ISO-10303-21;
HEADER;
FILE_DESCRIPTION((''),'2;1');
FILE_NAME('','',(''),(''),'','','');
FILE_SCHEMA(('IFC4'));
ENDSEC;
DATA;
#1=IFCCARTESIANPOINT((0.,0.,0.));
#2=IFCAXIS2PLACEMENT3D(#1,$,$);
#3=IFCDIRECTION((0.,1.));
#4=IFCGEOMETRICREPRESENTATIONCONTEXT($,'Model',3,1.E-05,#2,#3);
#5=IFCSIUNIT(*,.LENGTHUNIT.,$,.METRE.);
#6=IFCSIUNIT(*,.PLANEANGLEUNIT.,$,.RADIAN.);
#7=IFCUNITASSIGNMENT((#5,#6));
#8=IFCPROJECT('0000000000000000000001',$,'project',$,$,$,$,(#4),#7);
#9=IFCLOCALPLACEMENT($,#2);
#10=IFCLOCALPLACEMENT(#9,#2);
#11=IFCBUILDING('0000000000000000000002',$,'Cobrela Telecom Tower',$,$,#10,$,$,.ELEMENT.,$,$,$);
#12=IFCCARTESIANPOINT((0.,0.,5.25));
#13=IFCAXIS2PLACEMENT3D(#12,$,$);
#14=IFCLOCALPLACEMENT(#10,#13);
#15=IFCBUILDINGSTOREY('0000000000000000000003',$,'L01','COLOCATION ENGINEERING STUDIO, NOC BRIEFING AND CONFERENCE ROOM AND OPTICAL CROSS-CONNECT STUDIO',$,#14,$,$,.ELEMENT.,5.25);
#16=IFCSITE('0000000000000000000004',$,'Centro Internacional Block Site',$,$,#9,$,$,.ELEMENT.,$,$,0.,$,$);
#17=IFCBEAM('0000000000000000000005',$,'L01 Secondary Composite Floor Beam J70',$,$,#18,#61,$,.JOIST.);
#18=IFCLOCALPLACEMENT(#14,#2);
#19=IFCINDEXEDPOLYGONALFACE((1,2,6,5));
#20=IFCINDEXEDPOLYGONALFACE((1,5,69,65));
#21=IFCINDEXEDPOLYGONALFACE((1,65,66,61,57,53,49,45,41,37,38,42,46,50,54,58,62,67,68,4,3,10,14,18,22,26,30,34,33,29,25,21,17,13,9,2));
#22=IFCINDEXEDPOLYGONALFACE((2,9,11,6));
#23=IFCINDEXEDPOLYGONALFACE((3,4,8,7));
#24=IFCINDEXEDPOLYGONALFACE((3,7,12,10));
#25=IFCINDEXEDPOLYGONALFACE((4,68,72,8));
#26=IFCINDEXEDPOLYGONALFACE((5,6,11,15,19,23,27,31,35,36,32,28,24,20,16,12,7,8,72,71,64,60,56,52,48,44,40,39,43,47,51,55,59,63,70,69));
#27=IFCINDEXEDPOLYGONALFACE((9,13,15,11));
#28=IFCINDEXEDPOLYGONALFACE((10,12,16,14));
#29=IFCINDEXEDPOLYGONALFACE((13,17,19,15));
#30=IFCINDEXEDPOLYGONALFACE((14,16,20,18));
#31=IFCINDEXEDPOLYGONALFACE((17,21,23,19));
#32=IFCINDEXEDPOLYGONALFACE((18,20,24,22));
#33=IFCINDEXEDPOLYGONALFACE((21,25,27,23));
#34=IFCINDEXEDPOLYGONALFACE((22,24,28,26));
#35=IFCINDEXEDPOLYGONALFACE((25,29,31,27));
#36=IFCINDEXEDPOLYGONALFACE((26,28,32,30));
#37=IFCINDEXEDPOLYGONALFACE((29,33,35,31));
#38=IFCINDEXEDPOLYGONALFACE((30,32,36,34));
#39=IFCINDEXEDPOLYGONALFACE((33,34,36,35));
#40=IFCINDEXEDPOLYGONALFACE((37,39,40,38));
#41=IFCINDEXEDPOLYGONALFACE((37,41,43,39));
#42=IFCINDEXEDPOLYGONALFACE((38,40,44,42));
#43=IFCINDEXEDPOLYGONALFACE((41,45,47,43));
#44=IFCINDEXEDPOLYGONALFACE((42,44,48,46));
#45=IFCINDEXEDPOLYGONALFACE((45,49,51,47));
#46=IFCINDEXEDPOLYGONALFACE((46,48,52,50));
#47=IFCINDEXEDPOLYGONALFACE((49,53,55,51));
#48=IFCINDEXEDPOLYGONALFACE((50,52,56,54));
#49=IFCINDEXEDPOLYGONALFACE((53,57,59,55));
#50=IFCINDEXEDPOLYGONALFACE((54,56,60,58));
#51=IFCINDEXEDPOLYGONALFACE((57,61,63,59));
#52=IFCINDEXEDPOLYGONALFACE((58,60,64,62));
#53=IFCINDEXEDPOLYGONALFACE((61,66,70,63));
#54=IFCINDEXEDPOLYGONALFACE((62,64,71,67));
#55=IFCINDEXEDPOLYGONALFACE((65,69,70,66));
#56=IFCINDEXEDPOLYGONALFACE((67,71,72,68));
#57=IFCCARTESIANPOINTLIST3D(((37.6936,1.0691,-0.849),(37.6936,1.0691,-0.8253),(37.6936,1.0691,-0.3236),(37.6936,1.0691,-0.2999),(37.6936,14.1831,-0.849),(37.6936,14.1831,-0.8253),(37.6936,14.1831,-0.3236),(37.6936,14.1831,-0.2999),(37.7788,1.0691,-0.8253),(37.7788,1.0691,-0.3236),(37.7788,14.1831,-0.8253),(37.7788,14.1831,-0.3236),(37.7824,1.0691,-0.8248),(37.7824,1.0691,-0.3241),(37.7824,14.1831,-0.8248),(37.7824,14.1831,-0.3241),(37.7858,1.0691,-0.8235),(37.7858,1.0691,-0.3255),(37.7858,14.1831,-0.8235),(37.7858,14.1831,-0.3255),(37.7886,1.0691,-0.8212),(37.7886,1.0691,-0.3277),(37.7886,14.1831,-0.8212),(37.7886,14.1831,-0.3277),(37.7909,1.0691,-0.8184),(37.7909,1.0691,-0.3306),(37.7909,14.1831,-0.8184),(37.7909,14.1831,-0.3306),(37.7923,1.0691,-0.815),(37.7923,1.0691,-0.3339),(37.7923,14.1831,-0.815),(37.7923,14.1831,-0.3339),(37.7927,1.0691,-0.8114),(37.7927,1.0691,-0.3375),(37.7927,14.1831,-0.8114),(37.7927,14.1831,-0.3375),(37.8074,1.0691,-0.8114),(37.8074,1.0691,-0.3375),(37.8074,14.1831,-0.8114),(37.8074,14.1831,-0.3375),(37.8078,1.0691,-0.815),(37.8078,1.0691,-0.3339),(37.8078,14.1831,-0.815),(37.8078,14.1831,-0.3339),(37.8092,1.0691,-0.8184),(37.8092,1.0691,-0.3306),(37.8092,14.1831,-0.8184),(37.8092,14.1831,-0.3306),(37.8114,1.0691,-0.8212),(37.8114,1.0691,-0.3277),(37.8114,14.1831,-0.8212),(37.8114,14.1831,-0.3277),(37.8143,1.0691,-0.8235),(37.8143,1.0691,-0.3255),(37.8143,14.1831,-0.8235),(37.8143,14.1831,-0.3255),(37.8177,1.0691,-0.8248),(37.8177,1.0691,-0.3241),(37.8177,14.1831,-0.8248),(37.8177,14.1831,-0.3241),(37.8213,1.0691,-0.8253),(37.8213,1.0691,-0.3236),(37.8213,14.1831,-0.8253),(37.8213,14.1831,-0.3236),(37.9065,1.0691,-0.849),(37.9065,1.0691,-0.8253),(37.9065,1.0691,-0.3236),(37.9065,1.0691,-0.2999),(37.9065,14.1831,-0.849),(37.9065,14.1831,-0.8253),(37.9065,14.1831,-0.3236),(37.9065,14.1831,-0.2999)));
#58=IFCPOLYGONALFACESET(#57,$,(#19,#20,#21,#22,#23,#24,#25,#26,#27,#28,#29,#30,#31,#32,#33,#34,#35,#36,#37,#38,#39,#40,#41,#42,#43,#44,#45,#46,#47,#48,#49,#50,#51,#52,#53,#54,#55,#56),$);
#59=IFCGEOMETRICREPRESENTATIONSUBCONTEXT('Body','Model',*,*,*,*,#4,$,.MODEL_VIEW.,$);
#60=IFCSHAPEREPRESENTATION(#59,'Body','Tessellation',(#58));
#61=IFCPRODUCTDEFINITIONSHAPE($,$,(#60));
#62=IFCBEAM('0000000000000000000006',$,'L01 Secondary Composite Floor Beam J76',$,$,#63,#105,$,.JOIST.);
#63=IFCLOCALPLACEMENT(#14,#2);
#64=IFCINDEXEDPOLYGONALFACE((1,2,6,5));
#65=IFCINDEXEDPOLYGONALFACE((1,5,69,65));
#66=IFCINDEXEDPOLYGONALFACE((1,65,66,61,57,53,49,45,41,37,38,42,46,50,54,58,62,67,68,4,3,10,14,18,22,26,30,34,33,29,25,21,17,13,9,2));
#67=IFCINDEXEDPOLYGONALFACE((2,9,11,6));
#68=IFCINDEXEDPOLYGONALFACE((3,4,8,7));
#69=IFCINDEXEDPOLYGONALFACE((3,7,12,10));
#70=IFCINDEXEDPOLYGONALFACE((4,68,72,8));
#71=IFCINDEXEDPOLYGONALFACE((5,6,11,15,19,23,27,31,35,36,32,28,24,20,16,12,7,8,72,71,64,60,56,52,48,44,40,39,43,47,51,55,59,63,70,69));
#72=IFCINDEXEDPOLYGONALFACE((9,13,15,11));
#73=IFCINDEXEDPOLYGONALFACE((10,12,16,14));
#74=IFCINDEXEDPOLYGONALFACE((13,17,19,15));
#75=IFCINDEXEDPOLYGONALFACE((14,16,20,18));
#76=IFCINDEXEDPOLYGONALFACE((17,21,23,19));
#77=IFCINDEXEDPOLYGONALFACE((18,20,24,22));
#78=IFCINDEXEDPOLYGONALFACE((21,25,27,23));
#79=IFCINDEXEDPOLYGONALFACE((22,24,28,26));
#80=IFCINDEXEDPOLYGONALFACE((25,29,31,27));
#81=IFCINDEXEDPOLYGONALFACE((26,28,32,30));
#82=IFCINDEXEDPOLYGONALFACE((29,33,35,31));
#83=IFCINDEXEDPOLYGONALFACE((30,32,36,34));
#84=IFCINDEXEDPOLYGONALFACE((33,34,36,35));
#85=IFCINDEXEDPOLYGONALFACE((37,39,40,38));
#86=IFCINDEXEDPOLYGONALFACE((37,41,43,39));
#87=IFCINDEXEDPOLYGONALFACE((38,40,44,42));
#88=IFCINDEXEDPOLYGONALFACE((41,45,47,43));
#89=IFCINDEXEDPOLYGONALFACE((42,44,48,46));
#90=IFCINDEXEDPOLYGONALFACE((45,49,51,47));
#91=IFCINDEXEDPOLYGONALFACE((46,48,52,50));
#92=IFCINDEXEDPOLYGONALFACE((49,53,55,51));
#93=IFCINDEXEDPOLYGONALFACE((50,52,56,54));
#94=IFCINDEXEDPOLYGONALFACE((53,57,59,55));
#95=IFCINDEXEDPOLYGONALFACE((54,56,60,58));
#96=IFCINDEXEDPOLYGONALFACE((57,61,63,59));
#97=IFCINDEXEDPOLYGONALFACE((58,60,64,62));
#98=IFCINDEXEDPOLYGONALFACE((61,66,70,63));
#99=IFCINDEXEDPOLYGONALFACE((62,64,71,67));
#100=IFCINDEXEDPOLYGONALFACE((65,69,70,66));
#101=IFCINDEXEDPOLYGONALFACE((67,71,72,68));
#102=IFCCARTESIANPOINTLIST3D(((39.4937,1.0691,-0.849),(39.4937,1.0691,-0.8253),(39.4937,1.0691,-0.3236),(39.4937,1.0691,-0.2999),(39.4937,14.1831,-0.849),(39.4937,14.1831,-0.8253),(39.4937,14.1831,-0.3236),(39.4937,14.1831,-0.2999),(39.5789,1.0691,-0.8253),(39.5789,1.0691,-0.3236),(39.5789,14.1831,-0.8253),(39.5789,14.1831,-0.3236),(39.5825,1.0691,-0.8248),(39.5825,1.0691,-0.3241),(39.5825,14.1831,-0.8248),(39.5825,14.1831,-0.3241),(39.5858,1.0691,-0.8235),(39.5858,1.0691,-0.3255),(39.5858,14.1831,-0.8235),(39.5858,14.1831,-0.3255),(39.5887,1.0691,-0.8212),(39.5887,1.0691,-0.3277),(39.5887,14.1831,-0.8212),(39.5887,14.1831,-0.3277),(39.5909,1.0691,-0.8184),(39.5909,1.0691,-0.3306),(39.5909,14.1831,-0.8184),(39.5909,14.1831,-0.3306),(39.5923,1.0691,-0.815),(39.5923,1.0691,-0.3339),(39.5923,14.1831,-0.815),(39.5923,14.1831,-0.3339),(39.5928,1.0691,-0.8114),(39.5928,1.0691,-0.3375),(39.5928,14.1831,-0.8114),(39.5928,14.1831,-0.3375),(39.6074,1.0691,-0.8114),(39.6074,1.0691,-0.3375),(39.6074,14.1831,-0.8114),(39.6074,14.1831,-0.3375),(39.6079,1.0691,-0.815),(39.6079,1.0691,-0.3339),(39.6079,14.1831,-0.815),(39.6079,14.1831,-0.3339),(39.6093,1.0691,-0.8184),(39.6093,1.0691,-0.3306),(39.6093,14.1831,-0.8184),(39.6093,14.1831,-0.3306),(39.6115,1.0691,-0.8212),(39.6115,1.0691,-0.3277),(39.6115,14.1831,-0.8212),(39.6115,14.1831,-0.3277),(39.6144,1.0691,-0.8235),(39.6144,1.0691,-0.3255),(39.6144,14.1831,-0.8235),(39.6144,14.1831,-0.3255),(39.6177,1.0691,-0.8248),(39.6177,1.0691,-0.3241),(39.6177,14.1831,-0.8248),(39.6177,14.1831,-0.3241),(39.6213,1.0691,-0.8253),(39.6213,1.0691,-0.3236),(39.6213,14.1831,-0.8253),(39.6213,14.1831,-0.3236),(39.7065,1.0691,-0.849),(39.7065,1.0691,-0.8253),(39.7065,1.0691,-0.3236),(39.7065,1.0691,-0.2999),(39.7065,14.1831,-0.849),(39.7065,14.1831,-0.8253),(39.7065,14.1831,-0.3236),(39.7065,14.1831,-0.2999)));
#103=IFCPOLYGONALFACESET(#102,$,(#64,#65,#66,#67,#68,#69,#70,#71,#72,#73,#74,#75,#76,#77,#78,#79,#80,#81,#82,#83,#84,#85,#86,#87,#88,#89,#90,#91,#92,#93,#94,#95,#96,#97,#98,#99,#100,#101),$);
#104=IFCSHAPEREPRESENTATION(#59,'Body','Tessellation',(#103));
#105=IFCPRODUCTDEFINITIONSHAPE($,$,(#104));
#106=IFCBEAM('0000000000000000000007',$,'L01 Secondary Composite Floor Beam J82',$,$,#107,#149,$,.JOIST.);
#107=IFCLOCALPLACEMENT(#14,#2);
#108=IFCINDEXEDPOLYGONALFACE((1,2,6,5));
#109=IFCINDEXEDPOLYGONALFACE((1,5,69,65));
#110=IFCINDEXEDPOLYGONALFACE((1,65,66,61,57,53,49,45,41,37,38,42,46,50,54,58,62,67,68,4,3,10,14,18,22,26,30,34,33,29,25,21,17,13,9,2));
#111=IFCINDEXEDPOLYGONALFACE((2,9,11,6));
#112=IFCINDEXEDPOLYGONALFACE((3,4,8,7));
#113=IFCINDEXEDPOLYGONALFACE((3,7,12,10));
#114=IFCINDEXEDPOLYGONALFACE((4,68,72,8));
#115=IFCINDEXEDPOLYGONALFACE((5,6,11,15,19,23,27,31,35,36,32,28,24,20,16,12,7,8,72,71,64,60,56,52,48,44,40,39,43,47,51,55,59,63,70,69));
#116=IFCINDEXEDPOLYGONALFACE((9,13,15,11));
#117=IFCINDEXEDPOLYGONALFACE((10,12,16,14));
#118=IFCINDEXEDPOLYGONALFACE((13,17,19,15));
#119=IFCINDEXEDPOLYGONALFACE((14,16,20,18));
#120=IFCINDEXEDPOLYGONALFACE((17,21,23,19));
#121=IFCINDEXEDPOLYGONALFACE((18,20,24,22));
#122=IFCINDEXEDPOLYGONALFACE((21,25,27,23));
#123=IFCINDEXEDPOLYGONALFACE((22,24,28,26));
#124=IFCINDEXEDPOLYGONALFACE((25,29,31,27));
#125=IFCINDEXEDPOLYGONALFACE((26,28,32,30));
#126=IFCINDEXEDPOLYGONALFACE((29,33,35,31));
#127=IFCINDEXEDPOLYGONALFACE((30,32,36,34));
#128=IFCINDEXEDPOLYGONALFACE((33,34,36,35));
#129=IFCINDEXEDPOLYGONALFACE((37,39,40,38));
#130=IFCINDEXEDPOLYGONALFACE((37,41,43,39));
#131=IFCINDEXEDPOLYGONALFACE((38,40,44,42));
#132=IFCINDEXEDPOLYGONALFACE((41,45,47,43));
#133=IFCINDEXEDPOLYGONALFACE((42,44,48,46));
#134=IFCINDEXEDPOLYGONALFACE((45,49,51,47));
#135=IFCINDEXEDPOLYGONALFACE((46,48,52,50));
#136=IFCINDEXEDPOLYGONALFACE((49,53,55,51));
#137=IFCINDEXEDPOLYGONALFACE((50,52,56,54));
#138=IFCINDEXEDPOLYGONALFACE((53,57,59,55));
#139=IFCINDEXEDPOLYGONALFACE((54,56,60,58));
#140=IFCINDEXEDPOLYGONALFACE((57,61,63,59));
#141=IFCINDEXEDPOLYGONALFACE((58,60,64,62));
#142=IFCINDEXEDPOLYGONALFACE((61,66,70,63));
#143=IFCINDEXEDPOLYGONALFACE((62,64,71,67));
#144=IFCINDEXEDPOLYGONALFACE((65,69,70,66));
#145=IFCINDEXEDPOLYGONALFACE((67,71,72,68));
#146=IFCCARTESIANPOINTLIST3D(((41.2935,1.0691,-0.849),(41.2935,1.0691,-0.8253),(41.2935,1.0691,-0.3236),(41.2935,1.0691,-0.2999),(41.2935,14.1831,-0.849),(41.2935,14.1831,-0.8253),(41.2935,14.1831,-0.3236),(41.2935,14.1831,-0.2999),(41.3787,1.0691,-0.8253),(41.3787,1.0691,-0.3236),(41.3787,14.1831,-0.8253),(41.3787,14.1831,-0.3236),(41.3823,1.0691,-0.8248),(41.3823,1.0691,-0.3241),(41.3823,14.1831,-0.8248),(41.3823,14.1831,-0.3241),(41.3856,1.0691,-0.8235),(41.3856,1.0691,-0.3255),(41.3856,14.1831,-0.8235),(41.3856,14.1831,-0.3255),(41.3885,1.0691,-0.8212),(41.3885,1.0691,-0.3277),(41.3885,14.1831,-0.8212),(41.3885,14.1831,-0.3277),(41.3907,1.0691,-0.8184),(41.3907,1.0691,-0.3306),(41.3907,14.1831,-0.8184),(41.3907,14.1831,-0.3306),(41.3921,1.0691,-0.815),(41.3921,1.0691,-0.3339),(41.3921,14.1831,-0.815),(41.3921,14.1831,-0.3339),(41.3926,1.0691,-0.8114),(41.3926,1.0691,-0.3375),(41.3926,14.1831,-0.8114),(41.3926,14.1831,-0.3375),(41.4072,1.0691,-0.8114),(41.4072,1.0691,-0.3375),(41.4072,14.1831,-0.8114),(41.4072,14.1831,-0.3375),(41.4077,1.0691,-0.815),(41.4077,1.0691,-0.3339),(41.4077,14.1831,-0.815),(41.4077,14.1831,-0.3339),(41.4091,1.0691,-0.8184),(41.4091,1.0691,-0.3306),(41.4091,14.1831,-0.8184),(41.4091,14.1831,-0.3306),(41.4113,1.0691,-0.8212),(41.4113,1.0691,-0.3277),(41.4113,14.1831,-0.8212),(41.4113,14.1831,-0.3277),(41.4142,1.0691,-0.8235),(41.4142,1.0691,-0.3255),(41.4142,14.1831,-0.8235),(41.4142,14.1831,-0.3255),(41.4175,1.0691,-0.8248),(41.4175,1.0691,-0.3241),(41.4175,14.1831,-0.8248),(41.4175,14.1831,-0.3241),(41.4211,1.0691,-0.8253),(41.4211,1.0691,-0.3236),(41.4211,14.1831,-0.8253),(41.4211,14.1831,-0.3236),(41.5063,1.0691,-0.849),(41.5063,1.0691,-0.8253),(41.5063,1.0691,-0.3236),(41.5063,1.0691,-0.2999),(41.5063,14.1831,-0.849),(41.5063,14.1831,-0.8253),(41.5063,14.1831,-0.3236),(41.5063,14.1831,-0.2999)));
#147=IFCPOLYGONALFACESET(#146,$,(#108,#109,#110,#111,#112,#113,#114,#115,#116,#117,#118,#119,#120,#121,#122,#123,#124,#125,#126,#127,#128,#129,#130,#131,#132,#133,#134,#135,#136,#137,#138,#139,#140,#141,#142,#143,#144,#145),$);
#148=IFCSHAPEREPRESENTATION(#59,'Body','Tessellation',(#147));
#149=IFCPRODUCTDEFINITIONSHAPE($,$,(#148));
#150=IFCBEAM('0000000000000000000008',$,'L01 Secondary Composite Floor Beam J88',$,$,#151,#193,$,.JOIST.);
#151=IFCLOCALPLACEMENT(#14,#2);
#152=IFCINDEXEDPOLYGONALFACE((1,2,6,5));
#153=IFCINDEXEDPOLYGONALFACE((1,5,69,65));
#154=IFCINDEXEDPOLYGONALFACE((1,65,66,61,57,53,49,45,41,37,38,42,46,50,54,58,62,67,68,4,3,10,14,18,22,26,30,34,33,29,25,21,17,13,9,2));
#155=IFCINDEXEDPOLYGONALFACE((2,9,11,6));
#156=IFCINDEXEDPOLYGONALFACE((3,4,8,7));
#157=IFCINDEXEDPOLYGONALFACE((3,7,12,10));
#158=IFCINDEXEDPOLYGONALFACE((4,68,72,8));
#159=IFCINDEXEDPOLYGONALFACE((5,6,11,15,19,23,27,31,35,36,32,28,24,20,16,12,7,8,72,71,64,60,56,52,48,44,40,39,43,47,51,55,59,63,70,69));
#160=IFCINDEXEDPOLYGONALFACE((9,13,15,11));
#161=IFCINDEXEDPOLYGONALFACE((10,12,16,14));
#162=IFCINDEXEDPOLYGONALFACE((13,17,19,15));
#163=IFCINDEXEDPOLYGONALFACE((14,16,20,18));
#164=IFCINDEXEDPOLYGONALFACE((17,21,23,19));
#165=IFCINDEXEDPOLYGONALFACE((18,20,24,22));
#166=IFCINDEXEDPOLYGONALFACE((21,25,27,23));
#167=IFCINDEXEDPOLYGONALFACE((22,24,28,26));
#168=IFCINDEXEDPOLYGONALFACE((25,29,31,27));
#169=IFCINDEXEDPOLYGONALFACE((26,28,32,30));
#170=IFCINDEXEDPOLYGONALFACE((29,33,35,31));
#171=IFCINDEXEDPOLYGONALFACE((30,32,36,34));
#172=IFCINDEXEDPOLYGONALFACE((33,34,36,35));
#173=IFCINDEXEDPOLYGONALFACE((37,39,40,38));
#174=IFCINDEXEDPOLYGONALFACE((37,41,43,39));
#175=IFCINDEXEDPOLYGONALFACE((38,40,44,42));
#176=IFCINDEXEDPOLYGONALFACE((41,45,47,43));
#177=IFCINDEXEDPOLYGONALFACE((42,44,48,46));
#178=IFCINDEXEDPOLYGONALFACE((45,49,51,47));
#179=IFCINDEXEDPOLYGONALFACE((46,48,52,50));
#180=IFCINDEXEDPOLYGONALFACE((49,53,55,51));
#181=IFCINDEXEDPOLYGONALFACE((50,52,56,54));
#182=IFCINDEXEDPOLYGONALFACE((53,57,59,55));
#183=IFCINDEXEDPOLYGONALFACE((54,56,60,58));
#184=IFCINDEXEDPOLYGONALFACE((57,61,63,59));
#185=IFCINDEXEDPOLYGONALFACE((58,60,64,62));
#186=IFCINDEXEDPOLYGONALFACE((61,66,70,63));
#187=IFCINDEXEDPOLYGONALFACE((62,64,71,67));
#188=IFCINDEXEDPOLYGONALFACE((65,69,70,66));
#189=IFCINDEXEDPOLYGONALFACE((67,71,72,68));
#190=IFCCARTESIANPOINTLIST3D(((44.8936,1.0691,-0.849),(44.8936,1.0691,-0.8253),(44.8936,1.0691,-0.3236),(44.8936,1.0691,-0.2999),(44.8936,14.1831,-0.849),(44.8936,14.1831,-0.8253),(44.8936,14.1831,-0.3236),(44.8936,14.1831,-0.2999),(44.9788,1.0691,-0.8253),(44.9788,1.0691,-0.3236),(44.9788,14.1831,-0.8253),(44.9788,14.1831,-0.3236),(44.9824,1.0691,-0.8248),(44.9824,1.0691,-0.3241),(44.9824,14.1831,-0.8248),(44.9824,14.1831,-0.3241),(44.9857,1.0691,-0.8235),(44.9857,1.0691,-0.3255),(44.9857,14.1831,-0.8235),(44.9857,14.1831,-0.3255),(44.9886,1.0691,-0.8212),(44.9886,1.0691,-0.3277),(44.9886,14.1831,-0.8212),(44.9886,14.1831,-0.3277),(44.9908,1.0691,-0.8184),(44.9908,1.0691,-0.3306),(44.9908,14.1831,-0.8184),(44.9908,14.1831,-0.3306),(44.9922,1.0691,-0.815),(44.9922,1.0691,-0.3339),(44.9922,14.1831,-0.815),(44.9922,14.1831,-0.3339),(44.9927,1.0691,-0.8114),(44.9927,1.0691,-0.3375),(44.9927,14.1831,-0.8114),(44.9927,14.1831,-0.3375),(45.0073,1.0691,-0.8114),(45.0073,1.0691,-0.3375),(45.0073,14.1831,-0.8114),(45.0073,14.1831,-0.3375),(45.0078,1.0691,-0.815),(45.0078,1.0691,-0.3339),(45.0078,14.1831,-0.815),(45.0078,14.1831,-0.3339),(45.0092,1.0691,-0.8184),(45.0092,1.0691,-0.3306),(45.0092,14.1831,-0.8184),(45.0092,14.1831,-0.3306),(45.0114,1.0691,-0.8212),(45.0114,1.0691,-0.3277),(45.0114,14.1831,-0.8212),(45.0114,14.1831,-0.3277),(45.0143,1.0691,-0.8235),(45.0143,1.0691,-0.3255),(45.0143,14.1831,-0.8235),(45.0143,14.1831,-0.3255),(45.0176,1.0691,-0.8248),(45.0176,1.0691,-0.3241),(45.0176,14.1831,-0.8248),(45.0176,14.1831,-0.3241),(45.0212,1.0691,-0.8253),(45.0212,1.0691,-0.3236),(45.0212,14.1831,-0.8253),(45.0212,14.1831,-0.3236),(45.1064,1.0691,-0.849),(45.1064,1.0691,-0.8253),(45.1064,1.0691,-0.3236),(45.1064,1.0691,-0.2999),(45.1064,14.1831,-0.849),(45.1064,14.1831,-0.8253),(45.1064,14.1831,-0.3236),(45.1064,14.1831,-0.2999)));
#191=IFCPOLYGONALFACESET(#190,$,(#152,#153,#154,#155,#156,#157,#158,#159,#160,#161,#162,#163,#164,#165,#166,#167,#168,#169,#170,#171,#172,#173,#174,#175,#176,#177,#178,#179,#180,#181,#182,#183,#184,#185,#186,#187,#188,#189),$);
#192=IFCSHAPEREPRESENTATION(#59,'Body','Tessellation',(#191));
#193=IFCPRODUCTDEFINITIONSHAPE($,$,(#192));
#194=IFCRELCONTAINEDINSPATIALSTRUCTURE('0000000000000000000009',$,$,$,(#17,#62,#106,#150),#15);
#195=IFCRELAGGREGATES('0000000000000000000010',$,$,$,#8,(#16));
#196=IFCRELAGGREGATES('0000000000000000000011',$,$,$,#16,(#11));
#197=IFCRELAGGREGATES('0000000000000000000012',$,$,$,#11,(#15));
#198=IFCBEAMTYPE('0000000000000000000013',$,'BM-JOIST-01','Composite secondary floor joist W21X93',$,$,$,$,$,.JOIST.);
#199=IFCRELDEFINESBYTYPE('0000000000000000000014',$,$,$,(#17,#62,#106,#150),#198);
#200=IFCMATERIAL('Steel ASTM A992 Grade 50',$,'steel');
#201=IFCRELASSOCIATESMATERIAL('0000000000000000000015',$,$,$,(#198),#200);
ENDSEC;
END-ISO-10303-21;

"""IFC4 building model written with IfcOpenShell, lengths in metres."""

from ifc_helpers import new_model, si_unit, direction, frame, origin, origin_2d, place, context, subcontext, project, spatial, i_section, extrude, material, material_profile, profile_set, type_object, element, save


model = new_model("IFC4")

# Units and contexts
model_context = context("Model", 3, precision=1e-05, world=origin(), true_north=direction((0.0, 1.0)))
body_context = subcontext(model_context, "Body", "Model", "MODEL_VIEW")
ifc_project = project(units=[si_unit("LENGTHUNIT", "METRE"), si_unit("PLANEANGLEUNIT", "RADIAN")], contexts=[model_context])

# Site, building, storey
site_placement = place(None, origin())
site = spatial("IfcSite", under=ifc_project, at=site_placement, Name="Centro Internacional Block Site", CompositionType="ELEMENT", RefElevation=0.0)
building_placement = place(site_placement, origin())
building = spatial("IfcBuilding", under=site, at=building_placement, Name="Cobrela Telecom Tower", CompositionType="ELEMENT")
storey_placement = place(building_placement, frame((0.0, 0.0, 5.25)))
storey = spatial("IfcBuildingStorey", under=building, at=storey_placement, Name="L01", Description="COLOCATION ENGINEERING STUDIO, NOC BRIEFING AND CONFERENCE ROOM AND OPTICAL CROSS-CONNECT STUDIO", CompositionType="ELEMENT", Elevation=5.25)

# Beams
ifc_material_1 = material(Name="Steel ASTM A992 Grade 50", Category="steel")
ifc_material_profile_1 = material_profile(ifc_material_1, i_section(OverallWidth=0.2129, OverallDepth=0.5491, WebThickness=0.0146, FlangeThickness=0.0237, FilletRadius=0.0139, at=origin_2d()), Name="W21X93")
ifc_profile_set_1 = profile_set([ifc_material_profile_1], Name="Steel ASTM A992 Grade 50")
beam_type_1 = type_object("IfcBeamType", Name="BM-JOIST-01", Description="Composite secondary floor joist W21X93", PredefinedType="JOIST", material=ifc_profile_set_1)
for number, where, z_axis, x_axis, name in (
    (1, (37.8, 1.0691, -0.5745), (0.0, 1.0, 0.0), (-1.0, 0.0, 0.0), "L01 Secondary Composite Floor Beam J70"),
    (2, (39.6001, 1.0691, -0.5745), (0.0, 1.0, 0.0), (-1.0, 0.0, 0.0), "L01 Secondary Composite Floor Beam J76"),
    (3, (41.3999, 1.0691, -0.5745), (0.0, 1.0, 0.0), (-1.0, 0.0, 0.0), "L01 Secondary Composite Floor Beam J82"),
    (4, (45.0, 1.0691, -0.5745), (0.0, 1.0, 0.0), (-1.0, 0.0, 0.0), "L01 Secondary Composite Floor Beam J88"),
):
    element("IfcBeam", number, at=place(storey_placement, frame(where, z_axis=z_axis, x_axis=x_axis)), inside=storey, type_object=beam_type_1, Name=name, PredefinedType="JOIST", context=body_context, shape_type="SweptSolid", body=[
        extrude(i_section(OverallWidth=0.2129, OverallDepth=0.5491, WebThickness=0.0146, FlangeThickness=0.0237, FilletRadius=0.0139, at=origin_2d()), origin(), (0.0, 0.0, 1.0), 13.114),
    ])

save(model, "model.ifc")
